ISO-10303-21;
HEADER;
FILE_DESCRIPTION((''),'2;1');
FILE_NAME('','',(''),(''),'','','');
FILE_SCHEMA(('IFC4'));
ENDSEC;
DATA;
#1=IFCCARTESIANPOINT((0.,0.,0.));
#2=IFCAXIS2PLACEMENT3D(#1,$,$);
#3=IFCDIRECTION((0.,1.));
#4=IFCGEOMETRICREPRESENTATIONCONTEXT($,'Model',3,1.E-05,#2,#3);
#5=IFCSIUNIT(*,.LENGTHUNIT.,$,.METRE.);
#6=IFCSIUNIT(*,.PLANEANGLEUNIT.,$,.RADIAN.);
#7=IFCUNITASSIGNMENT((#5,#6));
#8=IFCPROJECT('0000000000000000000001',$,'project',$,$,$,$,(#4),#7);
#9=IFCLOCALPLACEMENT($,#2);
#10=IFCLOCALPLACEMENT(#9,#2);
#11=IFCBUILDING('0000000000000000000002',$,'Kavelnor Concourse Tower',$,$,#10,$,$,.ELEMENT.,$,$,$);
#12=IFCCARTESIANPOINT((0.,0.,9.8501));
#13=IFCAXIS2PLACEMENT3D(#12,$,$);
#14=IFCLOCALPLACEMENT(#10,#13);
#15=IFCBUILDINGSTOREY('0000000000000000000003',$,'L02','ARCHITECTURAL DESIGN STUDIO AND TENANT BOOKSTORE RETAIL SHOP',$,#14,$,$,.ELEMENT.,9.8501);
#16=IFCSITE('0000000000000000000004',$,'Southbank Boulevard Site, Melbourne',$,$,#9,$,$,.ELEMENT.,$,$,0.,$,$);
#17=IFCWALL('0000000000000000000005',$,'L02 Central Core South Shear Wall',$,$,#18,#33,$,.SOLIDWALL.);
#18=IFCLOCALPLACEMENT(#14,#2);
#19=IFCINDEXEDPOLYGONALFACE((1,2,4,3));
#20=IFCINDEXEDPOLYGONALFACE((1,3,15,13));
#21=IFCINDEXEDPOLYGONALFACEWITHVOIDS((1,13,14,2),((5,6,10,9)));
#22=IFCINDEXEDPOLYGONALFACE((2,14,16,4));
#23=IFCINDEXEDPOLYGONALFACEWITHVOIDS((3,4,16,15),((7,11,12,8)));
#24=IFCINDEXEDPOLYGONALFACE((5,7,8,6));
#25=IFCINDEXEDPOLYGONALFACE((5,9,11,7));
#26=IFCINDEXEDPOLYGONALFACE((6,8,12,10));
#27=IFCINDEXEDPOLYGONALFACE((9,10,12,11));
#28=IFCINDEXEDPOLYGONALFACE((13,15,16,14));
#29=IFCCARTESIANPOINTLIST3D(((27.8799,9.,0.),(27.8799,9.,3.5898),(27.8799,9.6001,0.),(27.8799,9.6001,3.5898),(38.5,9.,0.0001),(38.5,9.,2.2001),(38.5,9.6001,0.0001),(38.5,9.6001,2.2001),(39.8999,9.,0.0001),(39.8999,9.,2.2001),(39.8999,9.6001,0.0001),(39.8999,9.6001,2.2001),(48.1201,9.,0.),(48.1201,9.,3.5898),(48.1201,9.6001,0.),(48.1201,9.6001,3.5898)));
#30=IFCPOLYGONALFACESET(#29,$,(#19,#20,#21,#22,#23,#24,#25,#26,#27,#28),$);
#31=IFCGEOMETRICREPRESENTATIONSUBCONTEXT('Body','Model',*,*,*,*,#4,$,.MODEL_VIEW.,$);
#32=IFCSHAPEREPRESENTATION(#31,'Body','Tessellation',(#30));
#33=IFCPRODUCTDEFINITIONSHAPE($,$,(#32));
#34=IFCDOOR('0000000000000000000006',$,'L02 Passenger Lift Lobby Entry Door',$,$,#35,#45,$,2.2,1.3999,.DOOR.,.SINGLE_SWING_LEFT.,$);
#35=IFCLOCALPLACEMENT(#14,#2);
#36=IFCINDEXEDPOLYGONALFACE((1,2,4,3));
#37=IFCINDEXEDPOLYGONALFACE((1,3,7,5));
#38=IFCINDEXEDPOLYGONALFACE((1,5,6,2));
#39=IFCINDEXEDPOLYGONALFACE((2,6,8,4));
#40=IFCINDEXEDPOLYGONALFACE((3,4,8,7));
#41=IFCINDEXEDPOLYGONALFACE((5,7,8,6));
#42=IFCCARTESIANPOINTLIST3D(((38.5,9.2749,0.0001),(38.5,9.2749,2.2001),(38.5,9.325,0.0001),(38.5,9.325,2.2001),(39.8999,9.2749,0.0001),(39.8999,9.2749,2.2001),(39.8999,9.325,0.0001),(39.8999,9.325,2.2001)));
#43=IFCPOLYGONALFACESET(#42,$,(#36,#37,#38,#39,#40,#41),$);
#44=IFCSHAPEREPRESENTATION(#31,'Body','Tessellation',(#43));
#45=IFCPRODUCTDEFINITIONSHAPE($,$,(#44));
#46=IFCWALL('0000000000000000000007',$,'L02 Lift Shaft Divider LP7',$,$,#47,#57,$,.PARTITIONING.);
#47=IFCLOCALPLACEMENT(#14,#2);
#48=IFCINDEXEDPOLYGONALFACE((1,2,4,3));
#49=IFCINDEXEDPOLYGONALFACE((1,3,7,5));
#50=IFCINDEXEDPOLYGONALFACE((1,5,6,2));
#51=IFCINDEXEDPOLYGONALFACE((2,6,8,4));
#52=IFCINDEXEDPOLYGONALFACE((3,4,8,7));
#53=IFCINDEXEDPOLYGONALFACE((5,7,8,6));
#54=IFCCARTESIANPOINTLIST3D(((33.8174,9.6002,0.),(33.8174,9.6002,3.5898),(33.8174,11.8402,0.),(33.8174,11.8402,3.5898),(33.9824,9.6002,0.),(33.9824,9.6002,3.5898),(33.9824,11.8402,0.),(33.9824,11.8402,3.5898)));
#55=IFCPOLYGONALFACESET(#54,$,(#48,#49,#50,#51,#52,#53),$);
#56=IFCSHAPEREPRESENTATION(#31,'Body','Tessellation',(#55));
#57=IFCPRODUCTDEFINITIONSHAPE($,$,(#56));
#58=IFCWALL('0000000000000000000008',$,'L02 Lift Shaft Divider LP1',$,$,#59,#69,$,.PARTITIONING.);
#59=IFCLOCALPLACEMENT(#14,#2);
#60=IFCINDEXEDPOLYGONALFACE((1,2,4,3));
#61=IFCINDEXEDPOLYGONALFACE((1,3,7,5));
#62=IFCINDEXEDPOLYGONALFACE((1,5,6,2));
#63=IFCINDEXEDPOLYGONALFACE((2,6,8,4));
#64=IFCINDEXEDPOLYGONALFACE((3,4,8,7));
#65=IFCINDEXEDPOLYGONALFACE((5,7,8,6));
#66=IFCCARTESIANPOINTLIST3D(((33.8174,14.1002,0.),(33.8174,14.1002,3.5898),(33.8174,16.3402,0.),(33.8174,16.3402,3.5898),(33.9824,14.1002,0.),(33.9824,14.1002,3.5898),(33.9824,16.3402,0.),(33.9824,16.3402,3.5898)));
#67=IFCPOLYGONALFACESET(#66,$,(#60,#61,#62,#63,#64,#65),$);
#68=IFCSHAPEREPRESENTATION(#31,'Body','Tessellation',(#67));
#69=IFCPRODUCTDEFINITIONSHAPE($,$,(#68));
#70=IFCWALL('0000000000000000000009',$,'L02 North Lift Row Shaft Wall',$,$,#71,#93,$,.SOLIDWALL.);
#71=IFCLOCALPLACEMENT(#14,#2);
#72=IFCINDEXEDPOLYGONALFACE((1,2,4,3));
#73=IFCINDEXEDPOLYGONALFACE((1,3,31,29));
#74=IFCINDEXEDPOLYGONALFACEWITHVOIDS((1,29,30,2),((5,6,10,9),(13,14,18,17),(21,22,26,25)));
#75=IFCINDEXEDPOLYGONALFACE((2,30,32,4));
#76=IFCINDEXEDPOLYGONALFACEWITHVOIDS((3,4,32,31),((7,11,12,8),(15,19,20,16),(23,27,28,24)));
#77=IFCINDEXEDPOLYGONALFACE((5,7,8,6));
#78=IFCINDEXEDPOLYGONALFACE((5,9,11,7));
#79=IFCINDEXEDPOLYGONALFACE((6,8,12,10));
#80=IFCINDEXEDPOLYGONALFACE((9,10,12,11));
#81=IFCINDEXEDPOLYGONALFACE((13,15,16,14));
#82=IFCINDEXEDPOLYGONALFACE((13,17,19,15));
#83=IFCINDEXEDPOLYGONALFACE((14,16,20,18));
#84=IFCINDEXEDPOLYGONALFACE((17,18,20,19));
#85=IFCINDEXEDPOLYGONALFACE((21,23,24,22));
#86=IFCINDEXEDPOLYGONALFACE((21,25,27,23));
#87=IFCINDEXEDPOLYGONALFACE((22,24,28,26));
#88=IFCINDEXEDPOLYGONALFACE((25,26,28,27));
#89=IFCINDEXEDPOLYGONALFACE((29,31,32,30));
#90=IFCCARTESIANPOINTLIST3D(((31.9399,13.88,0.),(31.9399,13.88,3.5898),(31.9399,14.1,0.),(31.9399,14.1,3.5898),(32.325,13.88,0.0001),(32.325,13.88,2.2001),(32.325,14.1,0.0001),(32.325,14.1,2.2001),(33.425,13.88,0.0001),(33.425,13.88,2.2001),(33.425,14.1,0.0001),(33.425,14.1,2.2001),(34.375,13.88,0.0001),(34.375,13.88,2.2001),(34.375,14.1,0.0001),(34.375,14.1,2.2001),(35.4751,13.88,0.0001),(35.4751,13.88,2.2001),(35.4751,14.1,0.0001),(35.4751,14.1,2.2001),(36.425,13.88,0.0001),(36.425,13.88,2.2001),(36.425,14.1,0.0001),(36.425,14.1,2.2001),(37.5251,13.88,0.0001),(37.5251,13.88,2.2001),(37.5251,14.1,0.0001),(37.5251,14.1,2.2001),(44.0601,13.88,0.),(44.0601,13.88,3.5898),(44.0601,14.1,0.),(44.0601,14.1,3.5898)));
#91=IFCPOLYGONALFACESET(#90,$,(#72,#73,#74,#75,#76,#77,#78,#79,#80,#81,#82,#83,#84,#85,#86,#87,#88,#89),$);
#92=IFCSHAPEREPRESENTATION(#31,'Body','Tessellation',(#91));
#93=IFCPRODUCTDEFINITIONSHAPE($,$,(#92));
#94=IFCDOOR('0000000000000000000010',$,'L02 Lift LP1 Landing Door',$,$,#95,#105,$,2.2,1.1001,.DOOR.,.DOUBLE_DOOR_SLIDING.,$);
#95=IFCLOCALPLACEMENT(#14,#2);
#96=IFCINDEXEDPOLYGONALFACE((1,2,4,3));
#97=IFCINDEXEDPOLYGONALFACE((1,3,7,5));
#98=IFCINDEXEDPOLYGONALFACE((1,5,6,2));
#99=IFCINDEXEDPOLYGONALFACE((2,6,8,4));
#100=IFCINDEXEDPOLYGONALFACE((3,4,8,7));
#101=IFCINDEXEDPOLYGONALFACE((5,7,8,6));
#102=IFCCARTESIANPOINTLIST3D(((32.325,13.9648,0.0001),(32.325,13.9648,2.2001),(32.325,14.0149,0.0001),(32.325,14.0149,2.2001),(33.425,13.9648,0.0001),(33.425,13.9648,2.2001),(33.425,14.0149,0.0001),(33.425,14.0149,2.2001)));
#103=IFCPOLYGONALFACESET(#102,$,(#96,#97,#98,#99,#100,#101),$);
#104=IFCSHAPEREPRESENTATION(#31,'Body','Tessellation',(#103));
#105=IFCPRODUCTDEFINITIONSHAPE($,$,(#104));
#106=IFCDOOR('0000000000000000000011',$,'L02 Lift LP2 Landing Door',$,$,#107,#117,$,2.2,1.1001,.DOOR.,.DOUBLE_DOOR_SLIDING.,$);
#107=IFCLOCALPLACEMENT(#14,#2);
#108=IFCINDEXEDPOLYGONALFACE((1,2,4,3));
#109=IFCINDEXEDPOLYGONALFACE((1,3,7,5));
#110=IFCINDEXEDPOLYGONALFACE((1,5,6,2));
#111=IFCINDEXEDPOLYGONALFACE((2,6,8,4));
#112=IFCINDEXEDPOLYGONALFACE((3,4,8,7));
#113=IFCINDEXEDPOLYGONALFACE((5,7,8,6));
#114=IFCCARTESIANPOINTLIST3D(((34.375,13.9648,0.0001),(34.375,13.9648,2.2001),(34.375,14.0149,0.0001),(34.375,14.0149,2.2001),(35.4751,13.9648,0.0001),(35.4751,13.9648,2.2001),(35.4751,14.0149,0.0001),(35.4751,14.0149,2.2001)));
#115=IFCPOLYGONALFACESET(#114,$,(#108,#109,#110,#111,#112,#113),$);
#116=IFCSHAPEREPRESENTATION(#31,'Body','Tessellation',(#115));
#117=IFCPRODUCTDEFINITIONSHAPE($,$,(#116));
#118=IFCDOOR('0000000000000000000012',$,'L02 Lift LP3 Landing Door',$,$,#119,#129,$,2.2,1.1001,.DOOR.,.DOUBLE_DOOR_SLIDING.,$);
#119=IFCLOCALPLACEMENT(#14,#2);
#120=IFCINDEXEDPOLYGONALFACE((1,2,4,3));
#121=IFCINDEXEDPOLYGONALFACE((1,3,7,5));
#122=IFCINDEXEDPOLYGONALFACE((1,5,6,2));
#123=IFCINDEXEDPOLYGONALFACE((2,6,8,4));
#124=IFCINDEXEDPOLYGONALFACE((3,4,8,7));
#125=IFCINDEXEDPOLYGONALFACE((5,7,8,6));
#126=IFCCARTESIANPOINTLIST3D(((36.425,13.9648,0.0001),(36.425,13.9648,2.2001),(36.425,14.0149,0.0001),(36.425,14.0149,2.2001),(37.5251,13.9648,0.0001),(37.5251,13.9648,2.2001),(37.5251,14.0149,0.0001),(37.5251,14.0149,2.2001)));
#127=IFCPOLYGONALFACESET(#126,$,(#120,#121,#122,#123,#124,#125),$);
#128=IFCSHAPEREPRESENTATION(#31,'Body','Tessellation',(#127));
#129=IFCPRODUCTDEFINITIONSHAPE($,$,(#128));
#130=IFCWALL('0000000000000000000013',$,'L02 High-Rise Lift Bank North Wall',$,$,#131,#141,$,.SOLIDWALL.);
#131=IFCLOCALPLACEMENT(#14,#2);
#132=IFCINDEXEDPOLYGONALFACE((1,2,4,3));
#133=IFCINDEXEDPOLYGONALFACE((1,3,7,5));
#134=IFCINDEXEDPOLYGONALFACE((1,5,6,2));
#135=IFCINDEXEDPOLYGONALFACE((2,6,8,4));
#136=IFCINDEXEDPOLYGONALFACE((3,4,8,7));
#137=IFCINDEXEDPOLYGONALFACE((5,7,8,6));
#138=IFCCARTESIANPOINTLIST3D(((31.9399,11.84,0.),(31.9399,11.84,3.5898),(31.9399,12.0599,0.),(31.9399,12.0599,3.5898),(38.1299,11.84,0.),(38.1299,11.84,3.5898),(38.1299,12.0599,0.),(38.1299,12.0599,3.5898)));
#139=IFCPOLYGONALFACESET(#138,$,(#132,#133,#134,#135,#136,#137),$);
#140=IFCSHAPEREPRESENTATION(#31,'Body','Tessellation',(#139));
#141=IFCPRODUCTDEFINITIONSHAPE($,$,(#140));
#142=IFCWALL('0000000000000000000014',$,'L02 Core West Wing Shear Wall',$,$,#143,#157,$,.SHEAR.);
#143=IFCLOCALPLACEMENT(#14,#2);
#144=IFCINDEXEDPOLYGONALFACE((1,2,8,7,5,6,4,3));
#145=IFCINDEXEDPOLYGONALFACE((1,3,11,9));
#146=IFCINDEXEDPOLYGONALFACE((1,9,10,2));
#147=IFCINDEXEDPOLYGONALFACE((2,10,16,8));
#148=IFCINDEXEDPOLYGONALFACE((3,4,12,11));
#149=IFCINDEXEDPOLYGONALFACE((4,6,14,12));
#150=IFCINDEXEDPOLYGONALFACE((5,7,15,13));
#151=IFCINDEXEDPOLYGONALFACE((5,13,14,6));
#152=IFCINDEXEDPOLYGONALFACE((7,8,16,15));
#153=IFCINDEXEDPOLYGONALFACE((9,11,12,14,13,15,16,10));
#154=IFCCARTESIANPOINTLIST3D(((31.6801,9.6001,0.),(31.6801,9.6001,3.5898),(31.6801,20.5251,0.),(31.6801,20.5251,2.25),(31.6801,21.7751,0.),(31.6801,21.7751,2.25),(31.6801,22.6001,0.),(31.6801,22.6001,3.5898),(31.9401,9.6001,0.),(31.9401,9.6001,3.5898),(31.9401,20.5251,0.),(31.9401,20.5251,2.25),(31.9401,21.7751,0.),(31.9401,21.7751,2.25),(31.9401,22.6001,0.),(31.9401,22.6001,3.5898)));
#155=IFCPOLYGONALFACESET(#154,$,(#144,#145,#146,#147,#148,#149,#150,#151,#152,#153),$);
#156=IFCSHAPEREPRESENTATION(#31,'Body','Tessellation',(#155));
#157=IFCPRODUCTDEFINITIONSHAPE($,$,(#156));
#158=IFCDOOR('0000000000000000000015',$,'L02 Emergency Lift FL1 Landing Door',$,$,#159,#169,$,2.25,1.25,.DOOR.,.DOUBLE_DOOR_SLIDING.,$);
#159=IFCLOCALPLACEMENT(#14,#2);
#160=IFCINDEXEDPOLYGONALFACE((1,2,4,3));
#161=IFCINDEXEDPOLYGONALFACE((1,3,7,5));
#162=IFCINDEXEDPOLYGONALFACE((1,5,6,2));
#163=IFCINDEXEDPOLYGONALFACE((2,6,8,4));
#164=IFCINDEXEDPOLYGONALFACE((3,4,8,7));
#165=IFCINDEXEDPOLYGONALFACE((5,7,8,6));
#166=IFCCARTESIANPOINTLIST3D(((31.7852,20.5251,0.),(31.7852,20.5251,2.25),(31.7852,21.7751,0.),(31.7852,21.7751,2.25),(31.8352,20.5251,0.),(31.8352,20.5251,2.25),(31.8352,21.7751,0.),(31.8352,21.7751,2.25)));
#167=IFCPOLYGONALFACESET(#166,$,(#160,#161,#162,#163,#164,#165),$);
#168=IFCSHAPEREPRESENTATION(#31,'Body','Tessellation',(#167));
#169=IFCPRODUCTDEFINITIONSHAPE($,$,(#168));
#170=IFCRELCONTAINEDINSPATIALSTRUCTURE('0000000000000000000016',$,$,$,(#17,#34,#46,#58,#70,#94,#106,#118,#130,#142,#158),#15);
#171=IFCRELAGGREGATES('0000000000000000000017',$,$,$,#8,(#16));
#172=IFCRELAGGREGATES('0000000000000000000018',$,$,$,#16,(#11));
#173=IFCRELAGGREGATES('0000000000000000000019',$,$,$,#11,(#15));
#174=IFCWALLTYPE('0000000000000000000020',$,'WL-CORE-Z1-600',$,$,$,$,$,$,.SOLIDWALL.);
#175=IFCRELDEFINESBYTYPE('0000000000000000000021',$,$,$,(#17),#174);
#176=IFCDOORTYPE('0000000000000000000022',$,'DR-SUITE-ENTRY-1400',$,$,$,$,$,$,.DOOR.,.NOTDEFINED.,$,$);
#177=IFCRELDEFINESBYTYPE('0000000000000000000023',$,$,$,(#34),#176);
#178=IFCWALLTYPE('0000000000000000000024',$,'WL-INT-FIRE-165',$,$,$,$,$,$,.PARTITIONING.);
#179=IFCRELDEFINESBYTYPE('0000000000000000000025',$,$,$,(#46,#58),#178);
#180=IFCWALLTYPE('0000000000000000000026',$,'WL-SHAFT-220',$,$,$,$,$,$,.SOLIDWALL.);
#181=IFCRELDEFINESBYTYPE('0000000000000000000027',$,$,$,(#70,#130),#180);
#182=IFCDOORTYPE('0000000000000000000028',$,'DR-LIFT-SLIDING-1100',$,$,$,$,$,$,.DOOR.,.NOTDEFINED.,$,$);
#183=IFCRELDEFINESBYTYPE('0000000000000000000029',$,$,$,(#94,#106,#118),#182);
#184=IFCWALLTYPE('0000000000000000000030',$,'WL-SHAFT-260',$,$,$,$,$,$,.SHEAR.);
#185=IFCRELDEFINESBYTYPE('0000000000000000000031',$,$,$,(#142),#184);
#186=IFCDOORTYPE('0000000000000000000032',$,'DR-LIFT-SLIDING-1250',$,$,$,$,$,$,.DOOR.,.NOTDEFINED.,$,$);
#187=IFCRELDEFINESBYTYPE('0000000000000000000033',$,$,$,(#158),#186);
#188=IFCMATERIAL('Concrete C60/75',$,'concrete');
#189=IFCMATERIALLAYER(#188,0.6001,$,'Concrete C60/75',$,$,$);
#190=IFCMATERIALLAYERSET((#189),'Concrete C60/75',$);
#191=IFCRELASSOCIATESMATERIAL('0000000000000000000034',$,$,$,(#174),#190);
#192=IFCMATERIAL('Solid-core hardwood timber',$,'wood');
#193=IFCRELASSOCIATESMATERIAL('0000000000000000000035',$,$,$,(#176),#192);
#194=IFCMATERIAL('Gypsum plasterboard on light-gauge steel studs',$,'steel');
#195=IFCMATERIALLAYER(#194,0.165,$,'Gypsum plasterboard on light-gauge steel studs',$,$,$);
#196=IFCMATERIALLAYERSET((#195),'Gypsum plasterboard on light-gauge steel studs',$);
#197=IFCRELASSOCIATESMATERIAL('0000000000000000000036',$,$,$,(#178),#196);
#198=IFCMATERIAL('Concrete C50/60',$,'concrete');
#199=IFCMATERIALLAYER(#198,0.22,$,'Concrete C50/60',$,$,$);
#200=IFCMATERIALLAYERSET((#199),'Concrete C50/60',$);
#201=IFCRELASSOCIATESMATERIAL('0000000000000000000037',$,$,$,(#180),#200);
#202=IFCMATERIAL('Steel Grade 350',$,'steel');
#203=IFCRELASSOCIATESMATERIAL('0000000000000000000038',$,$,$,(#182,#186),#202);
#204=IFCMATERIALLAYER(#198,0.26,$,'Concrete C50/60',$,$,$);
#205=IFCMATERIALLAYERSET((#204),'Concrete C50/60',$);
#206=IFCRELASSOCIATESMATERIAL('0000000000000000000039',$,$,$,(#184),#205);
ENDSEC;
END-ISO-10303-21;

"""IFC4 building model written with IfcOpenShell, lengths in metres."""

from ifc_helpers import new_model, si_unit, direction, frame, frame_2d, origin, place, context, subcontext, project, spatial, rectangle, extrude, material, layer, layer_set, type_object, element, fill, save


model = new_model("IFC4")

# Units and contexts
model_context = context("Model", 3, precision=1e-05, world=origin(), true_north=direction((0.0, 1.0)))
body_context = subcontext(model_context, "Body", "Model", "MODEL_VIEW")
ifc_project = project(units=[si_unit("LENGTHUNIT", "METRE"), si_unit("PLANEANGLEUNIT", "RADIAN")], contexts=[model_context])

# Site, building, storey
site_placement = place(None, origin())
site = spatial("IfcSite", under=ifc_project, at=site_placement, Name="Southbank Boulevard Site, Melbourne", CompositionType="ELEMENT", RefElevation=0.0)
building_placement = place(site_placement, origin())
building = spatial("IfcBuilding", under=site, at=building_placement, Name="Kavelnor Concourse Tower", CompositionType="ELEMENT")
storey_placement = place(building_placement, frame((0.0, 0.0, 9.8501)))
storey = spatial("IfcBuildingStorey", under=building, at=storey_placement, Name="L02", Description="ARCHITECTURAL DESIGN STUDIO AND TENANT BOOKSTORE RETAIL SHOP", CompositionType="ELEMENT", Elevation=9.8501)

# Wall, opening, door
ifc_material_1 = material(Name="Concrete C60/75", Category="concrete")
ifc_layer_1 = layer(ifc_material_1, 0.6001, Name="Concrete C60/75")
ifc_layer_set_1 = layer_set([ifc_layer_1], Name="Concrete C60/75")
wall_type_1 = type_object("IfcWallType", Name="WL-CORE-Z1-600", PredefinedType="SOLIDWALL", material=ifc_layer_set_1)
wall_1_placement = place(storey_placement, frame((27.8799, 9.3, 0.0), z_axis=(0.0, 0.0, 1.0), x_axis=(1.0, 0.0, 0.0)))
wall_1 = element("IfcWall", 1, at=wall_1_placement, inside=storey, type_object=wall_type_1, Name="L02 Central Core South Shear Wall", PredefinedType="SOLIDWALL", context=body_context, shape_type="SweptSolid", body=[
    extrude(rectangle(XDim=20.2402, YDim=0.6001, at=frame_2d((10.1201, 0.0))), origin(), (0.0, 0.0, 1.0), 3.5898),
])
opening_1_placement = place(wall_1_placement, frame((10.6201, 0.0, 0.0)))
opening_1 = element("IfcOpeningElement", 2, at=opening_1_placement, cuts=wall_1, PredefinedType="OPENING", context=body_context, shape_type="SweptSolid", body=[
    extrude(rectangle(XDim=1.3999, YDim=2.2, at=frame_2d((0.7, 1.1001))), frame((0.0, 0.3101, 0.0), z_axis=(0.0, -1.0, 0.0), x_axis=(1.0, 0.0, 0.0)), (0.0, 0.0, 1.0), 0.6201),
])
ifc_material_2 = material(Name="Solid-core hardwood timber", Category="wood")
door_type_1 = type_object("IfcDoorType", Name="DR-SUITE-ENTRY-1400", OperationType="NOTDEFINED", PredefinedType="DOOR", material=ifc_material_2)
door_1_placement = place(opening_1_placement, origin())
door_1 = element("IfcDoor", 3, at=door_1_placement, inside=storey, type_object=door_type_1, Name="L02 Passenger Lift Lobby Entry Door", OperationType="SINGLE_SWING_LEFT", OverallHeight=2.2, OverallWidth=1.3999, PredefinedType="DOOR", context=body_context, shape_type="SweptSolid", body=[
    extrude(rectangle(XDim=1.3999, YDim=2.2, at=frame_2d((0.7, 1.1001))), frame((0.0, 0.0249, 0.0), z_axis=(0.0, -1.0, 0.0), x_axis=(1.0, 0.0, 0.0)), (0.0, 0.0, 1.0), 0.05),
])
fill(opening_1, door_1)

# Shared definitions
ifc_material_3 = material(Name="Steel Grade 350", Category="steel")

# Walls
ifc_material_4 = material(Name="Gypsum plasterboard on light-gauge steel studs", Category="steel")
ifc_layer_2 = layer(ifc_material_4, 0.165, Name="Gypsum plasterboard on light-gauge steel studs")
ifc_layer_set_2 = layer_set([ifc_layer_2], Name="Gypsum plasterboard on light-gauge steel studs")
wall_type_2 = type_object("IfcWallType", Name="WL-INT-FIRE-165", PredefinedType="PARTITIONING", material=ifc_layer_set_2)
for number, where, z_axis, x_axis, name in (
    (4, (33.8999, 9.6001, 0.0), (0.0, 0.0, 1.0), (0.0, 1.0, 0.0), "L02 Lift Shaft Divider LP7"),
    (5, (33.8999, 14.1001, 0.0), (0.0, 0.0, 1.0), (0.0, 1.0, 0.0), "L02 Lift Shaft Divider LP1"),
):
    element("IfcWall", number, at=place(storey_placement, frame(where, z_axis=z_axis, x_axis=x_axis)), inside=storey, type_object=wall_type_2, Name=name, PredefinedType="PARTITIONING", context=body_context, shape_type="SweptSolid", body=[
        extrude(rectangle(XDim=2.24, YDim=0.165, at=frame_2d((1.1201, 0.0))), origin(), (0.0, 0.0, 1.0), 3.5898),
    ])

# Wall, openings, doors
ifc_material_5 = material(Name="Concrete C50/60", Category="concrete")
ifc_layer_3 = layer(ifc_material_5, 0.22, Name="Concrete C50/60")
ifc_layer_set_3 = layer_set([ifc_layer_3], Name="Concrete C50/60")
wall_type_3 = type_object("IfcWallType", Name="WL-SHAFT-220", PredefinedType="SOLIDWALL", material=ifc_layer_set_3)
wall_2_placement = place(storey_placement, frame((31.9399, 13.99, 0.0), z_axis=(0.0, 0.0, 1.0), x_axis=(1.0, 0.0, 0.0)))
wall_2 = element("IfcWall", 6, at=wall_2_placement, inside=storey, type_object=wall_type_3, Name="L02 North Lift Row Shaft Wall", PredefinedType="SOLIDWALL", context=body_context, shape_type="SweptSolid", body=[
    extrude(rectangle(XDim=12.1201, YDim=0.22, at=frame_2d((6.0601, 0.0))), origin(), (0.0, 0.0, 1.0), 3.5898),
])
opening_2_placement = place(wall_2_placement, frame((0.385, 0.0, 0.0)))
opening_2 = element("IfcOpeningElement", 7, at=opening_2_placement, cuts=wall_2, PredefinedType="OPENING", context=body_context, shape_type="SweptSolid", body=[
    extrude(rectangle(XDim=1.1001, YDim=2.2, at=frame_2d((0.55, 1.1001))), frame((0.0, 0.1201, 0.0), z_axis=(0.0, -1.0, 0.0), x_axis=(1.0, 0.0, 0.0)), (0.0, 0.0, 1.0), 0.24),
])
opening_3_placement = place(wall_2_placement, frame((2.4351, 0.0, 0.0)))
opening_3 = element("IfcOpeningElement", 8, at=opening_3_placement, cuts=wall_2, PredefinedType="OPENING", context=body_context, shape_type="SweptSolid", body=[
    extrude(rectangle(XDim=1.1001, YDim=2.2, at=frame_2d((0.55, 1.1001))), frame((0.0, 0.1201, 0.0), z_axis=(0.0, -1.0, 0.0), x_axis=(1.0, 0.0, 0.0)), (0.0, 0.0, 1.0), 0.24),
])
opening_4_placement = place(wall_2_placement, frame((4.4851, 0.0, 0.0)))
opening_4 = element("IfcOpeningElement", 9, at=opening_4_placement, cuts=wall_2, PredefinedType="OPENING", context=body_context, shape_type="SweptSolid", body=[
    extrude(rectangle(XDim=1.1001, YDim=2.2, at=frame_2d((0.55, 1.1001))), frame((0.0, 0.1201, 0.0), z_axis=(0.0, -1.0, 0.0), x_axis=(1.0, 0.0, 0.0)), (0.0, 0.0, 1.0), 0.24),
])
door_type_2 = type_object("IfcDoorType", Name="DR-LIFT-SLIDING-1100", OperationType="NOTDEFINED", PredefinedType="DOOR", material=ifc_material_3)
door_2_placement = place(opening_2_placement, origin())
door_2 = element("IfcDoor", 10, at=door_2_placement, inside=storey, type_object=door_type_2, Name="L02 Lift LP1 Landing Door", OperationType="DOUBLE_DOOR_SLIDING", OverallHeight=2.2, OverallWidth=1.1001, PredefinedType="DOOR", context=body_context, shape_type="SweptSolid", body=[
    extrude(rectangle(XDim=1.1001, YDim=2.2, at=frame_2d((0.55, 1.1001))), frame((0.0, 0.0249, 0.0), z_axis=(0.0, -1.0, 0.0), x_axis=(1.0, 0.0, 0.0)), (0.0, 0.0, 1.0), 0.05),
])
fill(opening_2, door_2)
door_3_placement = place(opening_3_placement, origin())
door_3 = element("IfcDoor", 11, at=door_3_placement, inside=storey, type_object=door_type_2, Name="L02 Lift LP2 Landing Door", OperationType="DOUBLE_DOOR_SLIDING", OverallHeight=2.2, OverallWidth=1.1001, PredefinedType="DOOR", context=body_context, shape_type="SweptSolid", body=[
    extrude(rectangle(XDim=1.1001, YDim=2.2, at=frame_2d((0.55, 1.1001))), frame((0.0, 0.0249, 0.0), z_axis=(0.0, -1.0, 0.0), x_axis=(1.0, 0.0, 0.0)), (0.0, 0.0, 1.0), 0.05),
])
fill(opening_3, door_3)
door_4_placement = place(opening_4_placement, origin())
door_4 = element("IfcDoor", 12, at=door_4_placement, inside=storey, type_object=door_type_2, Name="L02 Lift LP3 Landing Door", OperationType="DOUBLE_DOOR_SLIDING", OverallHeight=2.2, OverallWidth=1.1001, PredefinedType="DOOR", context=body_context, shape_type="SweptSolid", body=[
    extrude(rectangle(XDim=1.1001, YDim=2.2, at=frame_2d((0.55, 1.1001))), frame((0.0, 0.0249, 0.0), z_axis=(0.0, -1.0, 0.0), x_axis=(1.0, 0.0, 0.0)), (0.0, 0.0, 1.0), 0.05),
])
fill(opening_4, door_4)

# Wall
wall_3_placement = place(storey_placement, frame((31.9399, 11.95, 0.0), z_axis=(0.0, 0.0, 1.0), x_axis=(1.0, 0.0, 0.0)))
element("IfcWall", 13, at=wall_3_placement, inside=storey, type_object=wall_type_3, Name="L02 High-Rise Lift Bank North Wall", PredefinedType="SOLIDWALL", context=body_context, shape_type="SweptSolid", body=[
    extrude(rectangle(XDim=6.1899, YDim=0.22, at=frame_2d((3.095, 0.0))), origin(), (0.0, 0.0, 1.0), 3.5898),
])

# Wall, opening, door
ifc_layer_4 = layer(ifc_material_5, 0.26, Name="Concrete C50/60")
ifc_layer_set_4 = layer_set([ifc_layer_4], Name="Concrete C50/60")
wall_type_4 = type_object("IfcWallType", Name="WL-SHAFT-260", PredefinedType="SHEAR", material=ifc_layer_set_4)
wall_4_placement = place(storey_placement, frame((31.8101, 9.6001, 0.0), z_axis=(0.0, 0.0, 1.0), x_axis=(0.0, 1.0, 0.0)))
wall_4 = element("IfcWall", 14, at=wall_4_placement, inside=storey, type_object=wall_type_4, Name="L02 Core West Wing Shear Wall", PredefinedType="SHEAR", context=body_context, shape_type="SweptSolid", body=[
    extrude(rectangle(XDim=13.0, YDim=0.26, at=frame_2d((6.5, 0.0))), origin(), (0.0, 0.0, 1.0), 3.5898),
])
opening_5_placement = place(wall_4_placement, frame((10.925, 0.0, 0.0)))
opening_5 = element("IfcOpeningElement", 15, at=opening_5_placement, cuts=wall_4, PredefinedType="OPENING", context=body_context, shape_type="SweptSolid", body=[
    extrude(rectangle(XDim=1.25, YDim=2.25, at=frame_2d((0.625, 1.125))), frame((0.0, 0.1401, 0.0), z_axis=(0.0, -1.0, 0.0), x_axis=(1.0, 0.0, 0.0)), (0.0, 0.0, 1.0), 0.28),
])
door_type_3 = type_object("IfcDoorType", Name="DR-LIFT-SLIDING-1250", OperationType="NOTDEFINED", PredefinedType="DOOR", material=ifc_material_3)
door_5_placement = place(opening_5_placement, origin())
door_5 = element("IfcDoor", 16, at=door_5_placement, inside=storey, type_object=door_type_3, Name="L02 Emergency Lift FL1 Landing Door", OperationType="DOUBLE_DOOR_SLIDING", OverallHeight=2.25, OverallWidth=1.25, PredefinedType="DOOR", context=body_context, shape_type="SweptSolid", body=[
    extrude(rectangle(XDim=1.25, YDim=2.25, at=frame_2d((0.625, 1.125))), frame((0.0, 0.0249, 0.0), z_axis=(0.0, -1.0, 0.0), x_axis=(1.0, 0.0, 0.0)), (0.0, 0.0, 1.0), 0.05),
])
fill(opening_5, door_5)

save(model, "model.ifc")
